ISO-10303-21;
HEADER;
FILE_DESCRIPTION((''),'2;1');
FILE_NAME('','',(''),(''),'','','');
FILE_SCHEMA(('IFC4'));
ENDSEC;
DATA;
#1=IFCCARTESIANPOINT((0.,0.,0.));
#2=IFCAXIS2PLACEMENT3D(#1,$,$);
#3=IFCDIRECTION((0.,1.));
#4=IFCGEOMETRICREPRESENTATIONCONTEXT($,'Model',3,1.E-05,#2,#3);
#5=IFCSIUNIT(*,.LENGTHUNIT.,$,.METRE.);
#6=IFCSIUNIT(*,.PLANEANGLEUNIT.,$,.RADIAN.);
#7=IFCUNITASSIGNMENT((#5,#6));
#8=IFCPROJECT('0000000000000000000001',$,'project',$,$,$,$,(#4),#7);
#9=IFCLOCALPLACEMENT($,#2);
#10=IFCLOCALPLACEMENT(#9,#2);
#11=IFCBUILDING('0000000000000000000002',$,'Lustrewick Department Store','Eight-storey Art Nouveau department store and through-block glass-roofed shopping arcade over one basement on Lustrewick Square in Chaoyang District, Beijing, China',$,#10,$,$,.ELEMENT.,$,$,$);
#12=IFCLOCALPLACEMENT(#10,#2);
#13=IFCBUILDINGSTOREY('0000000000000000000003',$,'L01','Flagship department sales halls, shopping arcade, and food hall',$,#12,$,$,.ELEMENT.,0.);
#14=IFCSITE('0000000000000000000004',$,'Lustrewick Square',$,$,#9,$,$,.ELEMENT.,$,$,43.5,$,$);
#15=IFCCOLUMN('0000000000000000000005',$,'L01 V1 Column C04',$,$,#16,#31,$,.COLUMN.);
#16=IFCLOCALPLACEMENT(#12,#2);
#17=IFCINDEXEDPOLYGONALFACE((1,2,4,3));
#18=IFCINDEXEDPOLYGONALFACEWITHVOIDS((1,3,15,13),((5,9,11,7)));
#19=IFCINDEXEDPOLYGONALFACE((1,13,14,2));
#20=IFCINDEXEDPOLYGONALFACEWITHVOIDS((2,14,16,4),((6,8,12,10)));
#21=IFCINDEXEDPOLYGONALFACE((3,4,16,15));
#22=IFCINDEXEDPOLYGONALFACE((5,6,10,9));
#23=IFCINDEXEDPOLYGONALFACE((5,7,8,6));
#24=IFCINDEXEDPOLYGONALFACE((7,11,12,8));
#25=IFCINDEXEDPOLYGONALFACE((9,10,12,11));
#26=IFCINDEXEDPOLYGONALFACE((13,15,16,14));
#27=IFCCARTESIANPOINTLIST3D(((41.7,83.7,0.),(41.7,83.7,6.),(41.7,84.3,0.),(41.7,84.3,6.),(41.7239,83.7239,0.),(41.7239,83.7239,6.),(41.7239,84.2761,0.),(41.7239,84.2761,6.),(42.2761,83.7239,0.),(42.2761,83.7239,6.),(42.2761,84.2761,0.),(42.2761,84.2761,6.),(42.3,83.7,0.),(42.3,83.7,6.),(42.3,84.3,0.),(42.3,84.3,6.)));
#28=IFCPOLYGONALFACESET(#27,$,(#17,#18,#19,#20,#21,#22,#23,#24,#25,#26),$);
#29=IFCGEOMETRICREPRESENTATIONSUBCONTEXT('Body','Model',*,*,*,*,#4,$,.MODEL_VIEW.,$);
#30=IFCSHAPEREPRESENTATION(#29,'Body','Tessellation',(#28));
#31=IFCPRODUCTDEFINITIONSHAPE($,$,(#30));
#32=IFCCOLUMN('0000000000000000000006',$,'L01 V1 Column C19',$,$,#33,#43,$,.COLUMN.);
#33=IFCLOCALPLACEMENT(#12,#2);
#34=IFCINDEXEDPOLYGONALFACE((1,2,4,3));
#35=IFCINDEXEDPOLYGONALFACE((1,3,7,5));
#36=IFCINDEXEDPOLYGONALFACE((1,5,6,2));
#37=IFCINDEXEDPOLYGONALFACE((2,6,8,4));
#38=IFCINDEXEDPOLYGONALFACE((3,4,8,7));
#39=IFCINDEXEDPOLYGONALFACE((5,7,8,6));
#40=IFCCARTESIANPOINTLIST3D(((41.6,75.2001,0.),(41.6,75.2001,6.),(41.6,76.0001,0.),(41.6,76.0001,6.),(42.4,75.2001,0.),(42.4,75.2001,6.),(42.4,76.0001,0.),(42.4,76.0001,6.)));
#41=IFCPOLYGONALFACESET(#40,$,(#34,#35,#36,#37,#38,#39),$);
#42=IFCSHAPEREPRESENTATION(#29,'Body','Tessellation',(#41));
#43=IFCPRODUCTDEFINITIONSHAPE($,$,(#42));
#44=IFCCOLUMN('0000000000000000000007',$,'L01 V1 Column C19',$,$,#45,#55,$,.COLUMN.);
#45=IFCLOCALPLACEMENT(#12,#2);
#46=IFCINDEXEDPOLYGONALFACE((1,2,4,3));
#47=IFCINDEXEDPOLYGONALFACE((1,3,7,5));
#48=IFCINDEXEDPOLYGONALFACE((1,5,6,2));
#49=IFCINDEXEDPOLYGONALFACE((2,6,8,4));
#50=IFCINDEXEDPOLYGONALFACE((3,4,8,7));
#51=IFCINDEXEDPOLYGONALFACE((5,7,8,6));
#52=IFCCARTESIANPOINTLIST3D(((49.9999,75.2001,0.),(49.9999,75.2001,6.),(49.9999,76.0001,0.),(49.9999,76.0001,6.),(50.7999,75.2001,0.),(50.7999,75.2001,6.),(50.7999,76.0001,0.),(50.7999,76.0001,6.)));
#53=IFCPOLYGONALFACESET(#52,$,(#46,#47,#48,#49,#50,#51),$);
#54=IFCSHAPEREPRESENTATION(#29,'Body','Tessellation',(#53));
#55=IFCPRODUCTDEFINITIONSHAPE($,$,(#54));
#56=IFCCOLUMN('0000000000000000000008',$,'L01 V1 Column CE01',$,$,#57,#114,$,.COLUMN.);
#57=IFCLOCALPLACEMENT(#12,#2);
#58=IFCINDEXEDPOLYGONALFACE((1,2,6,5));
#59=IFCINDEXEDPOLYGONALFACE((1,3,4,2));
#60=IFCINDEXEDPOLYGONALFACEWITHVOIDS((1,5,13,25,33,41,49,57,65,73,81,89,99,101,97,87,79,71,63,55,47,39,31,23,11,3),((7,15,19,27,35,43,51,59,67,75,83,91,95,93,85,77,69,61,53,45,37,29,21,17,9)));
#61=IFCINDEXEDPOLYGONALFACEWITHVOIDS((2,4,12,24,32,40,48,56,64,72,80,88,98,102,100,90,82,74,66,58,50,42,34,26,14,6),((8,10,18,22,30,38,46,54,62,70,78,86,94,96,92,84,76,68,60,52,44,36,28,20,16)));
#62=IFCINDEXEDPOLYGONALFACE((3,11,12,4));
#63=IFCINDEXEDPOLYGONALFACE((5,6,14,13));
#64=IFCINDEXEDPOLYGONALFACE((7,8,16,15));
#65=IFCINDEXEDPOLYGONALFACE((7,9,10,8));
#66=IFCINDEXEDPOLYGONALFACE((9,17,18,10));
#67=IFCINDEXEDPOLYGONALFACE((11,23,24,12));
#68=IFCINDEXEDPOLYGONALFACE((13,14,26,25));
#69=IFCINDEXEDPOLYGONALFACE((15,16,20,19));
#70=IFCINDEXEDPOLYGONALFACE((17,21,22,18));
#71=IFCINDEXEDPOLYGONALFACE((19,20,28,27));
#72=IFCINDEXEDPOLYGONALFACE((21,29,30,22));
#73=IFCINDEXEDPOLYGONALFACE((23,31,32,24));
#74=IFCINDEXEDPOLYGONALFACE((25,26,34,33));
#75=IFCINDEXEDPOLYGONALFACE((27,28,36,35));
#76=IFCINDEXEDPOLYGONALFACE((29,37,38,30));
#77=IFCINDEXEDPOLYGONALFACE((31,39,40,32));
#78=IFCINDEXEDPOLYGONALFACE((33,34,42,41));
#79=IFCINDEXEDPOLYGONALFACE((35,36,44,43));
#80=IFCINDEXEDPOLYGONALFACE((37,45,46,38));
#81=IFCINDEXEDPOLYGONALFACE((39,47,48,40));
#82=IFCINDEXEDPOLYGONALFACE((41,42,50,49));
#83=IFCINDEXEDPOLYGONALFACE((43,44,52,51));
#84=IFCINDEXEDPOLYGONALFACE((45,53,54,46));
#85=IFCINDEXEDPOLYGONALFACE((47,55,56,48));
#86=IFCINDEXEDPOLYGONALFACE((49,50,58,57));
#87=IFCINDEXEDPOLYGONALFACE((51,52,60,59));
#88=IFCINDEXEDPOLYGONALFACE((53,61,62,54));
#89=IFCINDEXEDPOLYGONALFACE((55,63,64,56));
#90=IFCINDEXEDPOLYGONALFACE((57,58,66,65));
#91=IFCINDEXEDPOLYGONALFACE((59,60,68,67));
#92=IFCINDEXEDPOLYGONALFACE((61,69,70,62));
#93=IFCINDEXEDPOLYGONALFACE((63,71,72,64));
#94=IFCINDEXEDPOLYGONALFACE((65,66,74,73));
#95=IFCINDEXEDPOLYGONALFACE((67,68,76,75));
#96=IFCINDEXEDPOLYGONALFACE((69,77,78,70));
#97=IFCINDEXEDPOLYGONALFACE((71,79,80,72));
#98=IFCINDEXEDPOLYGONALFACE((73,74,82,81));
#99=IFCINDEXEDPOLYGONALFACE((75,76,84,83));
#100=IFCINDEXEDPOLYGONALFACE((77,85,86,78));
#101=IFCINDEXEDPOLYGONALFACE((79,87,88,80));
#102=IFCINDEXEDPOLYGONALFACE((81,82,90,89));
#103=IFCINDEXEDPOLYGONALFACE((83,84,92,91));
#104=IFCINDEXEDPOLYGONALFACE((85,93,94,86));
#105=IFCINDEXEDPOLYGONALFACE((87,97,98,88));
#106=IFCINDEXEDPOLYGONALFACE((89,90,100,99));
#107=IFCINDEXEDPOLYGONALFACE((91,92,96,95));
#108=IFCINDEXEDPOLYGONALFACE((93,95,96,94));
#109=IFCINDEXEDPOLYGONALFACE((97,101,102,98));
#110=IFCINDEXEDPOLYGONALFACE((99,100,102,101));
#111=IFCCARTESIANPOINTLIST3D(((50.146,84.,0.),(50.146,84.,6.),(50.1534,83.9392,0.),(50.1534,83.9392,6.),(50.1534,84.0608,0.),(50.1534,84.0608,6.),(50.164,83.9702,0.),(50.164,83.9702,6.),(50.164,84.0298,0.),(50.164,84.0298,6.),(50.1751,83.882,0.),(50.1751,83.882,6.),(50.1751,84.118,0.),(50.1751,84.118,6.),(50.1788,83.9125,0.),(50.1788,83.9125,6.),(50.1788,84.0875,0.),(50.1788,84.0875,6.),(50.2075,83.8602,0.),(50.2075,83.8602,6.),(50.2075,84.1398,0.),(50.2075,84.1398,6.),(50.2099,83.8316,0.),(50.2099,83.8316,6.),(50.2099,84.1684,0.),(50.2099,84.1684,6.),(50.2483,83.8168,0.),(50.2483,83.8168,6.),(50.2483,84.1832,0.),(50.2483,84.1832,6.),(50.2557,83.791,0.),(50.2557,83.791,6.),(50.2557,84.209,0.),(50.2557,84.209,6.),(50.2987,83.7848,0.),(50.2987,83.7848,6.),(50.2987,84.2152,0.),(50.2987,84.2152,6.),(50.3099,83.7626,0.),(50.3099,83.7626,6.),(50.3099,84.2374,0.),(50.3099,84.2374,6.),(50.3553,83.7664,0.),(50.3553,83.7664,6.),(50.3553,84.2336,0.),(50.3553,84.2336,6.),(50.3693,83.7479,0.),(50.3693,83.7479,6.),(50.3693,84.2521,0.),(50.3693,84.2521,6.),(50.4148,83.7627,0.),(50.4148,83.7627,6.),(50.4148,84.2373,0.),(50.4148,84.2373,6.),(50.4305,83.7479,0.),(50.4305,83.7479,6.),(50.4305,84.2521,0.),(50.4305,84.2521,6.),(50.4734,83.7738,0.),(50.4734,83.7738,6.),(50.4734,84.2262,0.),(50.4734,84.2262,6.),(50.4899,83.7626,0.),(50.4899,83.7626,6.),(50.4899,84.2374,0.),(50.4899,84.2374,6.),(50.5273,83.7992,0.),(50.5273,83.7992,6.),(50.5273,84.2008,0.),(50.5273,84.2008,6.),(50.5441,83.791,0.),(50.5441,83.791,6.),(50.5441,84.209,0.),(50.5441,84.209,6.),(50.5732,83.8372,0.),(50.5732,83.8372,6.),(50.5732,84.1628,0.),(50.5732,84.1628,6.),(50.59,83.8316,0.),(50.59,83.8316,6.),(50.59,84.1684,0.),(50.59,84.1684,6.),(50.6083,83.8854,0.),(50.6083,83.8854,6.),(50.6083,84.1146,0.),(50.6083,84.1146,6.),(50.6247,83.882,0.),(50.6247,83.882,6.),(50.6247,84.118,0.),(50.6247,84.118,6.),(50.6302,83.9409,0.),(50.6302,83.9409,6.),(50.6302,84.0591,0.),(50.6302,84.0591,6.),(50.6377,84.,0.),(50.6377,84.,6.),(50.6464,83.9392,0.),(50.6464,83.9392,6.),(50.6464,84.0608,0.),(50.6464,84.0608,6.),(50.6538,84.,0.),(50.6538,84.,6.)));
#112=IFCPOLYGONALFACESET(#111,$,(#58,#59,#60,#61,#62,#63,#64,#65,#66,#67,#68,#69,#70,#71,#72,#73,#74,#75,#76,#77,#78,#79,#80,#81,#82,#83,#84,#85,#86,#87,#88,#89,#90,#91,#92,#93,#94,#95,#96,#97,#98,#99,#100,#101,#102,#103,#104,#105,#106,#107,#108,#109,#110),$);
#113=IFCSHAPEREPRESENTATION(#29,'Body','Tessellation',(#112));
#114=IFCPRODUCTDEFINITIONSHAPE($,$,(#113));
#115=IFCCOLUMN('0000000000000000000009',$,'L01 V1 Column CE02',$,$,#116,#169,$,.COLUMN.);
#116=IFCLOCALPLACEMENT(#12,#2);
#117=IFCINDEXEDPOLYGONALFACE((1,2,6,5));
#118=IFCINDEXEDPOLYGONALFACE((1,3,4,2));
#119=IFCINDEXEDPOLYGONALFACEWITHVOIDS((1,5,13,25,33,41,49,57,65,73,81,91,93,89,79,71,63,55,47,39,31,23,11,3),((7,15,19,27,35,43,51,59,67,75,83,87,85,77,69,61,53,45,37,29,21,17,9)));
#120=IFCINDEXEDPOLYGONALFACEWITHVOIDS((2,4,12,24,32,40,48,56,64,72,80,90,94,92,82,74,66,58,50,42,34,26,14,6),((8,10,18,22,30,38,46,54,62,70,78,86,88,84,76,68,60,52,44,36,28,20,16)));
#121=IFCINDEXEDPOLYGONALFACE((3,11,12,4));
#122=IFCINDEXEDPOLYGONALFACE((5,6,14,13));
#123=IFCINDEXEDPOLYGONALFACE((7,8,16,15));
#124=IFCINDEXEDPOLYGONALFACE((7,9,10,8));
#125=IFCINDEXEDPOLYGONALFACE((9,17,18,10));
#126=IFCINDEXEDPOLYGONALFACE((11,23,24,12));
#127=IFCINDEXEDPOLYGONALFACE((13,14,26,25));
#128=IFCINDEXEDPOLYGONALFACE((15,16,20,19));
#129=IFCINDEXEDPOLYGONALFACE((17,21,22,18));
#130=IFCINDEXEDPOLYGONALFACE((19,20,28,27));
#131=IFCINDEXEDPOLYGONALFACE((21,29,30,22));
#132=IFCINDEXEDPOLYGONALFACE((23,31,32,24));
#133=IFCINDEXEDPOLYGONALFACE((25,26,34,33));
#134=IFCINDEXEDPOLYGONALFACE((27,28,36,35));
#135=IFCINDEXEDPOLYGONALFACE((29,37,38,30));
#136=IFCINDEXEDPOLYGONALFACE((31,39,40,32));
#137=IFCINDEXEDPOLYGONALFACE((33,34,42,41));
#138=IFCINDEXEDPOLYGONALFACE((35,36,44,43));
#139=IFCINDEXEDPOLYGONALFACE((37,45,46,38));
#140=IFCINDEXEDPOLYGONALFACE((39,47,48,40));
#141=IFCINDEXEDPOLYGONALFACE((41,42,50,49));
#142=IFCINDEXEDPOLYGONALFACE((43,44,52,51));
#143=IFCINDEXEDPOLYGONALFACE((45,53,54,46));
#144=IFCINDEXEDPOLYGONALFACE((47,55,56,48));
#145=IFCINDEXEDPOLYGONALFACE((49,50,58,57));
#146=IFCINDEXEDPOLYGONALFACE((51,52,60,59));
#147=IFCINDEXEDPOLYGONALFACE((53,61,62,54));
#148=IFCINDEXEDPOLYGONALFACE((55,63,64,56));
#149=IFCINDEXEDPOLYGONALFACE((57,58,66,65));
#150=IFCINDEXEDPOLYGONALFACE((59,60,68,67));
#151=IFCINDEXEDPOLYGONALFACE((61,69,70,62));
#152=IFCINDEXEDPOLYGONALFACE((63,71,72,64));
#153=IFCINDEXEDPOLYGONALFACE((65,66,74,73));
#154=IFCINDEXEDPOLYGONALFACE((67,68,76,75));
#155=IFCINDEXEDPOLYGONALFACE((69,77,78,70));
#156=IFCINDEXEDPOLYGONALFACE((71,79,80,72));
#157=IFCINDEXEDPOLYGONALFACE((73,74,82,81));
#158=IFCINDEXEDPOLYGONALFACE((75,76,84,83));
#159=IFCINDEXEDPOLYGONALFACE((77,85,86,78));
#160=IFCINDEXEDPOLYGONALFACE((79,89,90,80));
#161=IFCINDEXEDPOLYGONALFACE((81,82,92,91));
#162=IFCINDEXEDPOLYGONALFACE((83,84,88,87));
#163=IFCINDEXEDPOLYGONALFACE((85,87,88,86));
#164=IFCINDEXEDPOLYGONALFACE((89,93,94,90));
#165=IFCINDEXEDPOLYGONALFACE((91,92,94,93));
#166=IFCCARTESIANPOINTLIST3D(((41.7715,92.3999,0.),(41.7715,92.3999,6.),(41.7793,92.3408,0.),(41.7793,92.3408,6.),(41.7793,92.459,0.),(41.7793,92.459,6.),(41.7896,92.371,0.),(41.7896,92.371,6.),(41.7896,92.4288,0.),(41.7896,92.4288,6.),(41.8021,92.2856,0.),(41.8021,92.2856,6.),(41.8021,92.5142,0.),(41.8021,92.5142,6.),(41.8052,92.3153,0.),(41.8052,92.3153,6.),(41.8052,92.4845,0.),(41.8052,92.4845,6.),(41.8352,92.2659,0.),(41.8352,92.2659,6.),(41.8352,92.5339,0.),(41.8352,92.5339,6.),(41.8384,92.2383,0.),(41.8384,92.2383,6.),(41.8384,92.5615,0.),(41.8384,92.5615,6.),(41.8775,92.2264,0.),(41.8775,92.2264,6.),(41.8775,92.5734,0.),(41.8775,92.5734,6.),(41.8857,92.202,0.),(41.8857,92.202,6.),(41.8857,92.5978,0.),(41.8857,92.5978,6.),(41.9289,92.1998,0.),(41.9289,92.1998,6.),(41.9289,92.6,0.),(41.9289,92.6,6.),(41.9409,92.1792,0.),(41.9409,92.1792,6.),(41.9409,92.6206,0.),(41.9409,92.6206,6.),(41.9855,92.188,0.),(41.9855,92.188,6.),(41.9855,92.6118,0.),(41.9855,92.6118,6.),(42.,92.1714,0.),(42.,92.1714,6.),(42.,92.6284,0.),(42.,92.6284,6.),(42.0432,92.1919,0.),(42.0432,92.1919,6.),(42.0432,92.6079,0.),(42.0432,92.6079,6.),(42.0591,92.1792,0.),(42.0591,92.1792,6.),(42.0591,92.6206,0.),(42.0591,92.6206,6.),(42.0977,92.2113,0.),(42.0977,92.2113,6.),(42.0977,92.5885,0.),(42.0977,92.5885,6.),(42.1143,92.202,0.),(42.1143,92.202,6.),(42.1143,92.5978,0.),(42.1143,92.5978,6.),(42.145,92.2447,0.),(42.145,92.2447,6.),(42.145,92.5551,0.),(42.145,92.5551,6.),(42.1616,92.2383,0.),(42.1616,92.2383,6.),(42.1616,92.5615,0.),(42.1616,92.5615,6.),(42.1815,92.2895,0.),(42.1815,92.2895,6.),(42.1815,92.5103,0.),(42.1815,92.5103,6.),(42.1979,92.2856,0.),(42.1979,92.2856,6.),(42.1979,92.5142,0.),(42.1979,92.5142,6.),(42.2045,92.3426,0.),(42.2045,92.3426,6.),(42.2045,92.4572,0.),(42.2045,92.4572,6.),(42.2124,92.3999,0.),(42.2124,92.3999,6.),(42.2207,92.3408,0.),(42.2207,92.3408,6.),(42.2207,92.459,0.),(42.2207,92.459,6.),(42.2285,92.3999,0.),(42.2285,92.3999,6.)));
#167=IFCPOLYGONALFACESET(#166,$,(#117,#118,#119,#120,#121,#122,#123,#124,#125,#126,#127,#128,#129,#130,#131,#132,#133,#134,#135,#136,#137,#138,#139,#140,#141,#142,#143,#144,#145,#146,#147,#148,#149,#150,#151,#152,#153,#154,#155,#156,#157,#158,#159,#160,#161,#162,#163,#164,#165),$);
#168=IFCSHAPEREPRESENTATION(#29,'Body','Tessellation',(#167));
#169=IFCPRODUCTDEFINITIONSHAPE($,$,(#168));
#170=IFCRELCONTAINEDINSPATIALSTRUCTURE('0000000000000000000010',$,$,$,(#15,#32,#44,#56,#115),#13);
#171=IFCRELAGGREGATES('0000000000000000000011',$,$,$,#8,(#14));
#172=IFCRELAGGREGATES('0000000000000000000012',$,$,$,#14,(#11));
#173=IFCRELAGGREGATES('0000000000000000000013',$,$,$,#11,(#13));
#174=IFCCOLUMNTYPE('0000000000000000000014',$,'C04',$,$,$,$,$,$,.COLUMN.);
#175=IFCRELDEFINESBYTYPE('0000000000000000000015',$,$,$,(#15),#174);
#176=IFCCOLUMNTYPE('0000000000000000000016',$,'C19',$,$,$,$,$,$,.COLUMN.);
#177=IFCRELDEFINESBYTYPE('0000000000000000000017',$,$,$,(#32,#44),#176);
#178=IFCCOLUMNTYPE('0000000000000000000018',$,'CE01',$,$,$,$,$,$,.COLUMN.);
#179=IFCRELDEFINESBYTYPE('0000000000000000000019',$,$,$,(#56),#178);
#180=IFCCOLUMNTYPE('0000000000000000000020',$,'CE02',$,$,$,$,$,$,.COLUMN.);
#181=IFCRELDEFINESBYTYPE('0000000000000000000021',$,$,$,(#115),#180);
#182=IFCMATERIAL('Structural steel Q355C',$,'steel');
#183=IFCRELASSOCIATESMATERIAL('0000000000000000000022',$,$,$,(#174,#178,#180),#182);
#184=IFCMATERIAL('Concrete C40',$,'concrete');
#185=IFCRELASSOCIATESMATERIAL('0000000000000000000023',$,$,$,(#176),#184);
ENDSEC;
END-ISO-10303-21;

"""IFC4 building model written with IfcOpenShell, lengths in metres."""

from ifc_helpers import new_model, si_unit, direction, frame, origin, origin_2d, place, context, subcontext, project, spatial, rectangle, hollow_rectangle, hollow_circle, extrude, material, material_profile, profile_set, type_object, element, save


model = new_model("IFC4")

# Units and contexts
model_context = context("Model", 3, precision=1e-05, world=origin(), true_north=direction((0.0, 1.0)))
body_context = subcontext(model_context, "Body", "Model", "MODEL_VIEW")
ifc_project = project(units=[si_unit("LENGTHUNIT", "METRE"), si_unit("PLANEANGLEUNIT", "RADIAN")], contexts=[model_context])

# Site, building, storey
site_placement = place(None, origin())
site = spatial("IfcSite", under=ifc_project, at=site_placement, Name="Lustrewick Square", CompositionType="ELEMENT", RefElevation=43.5)
building_placement = place(site_placement, origin())
building = spatial("IfcBuilding", under=site, at=building_placement, Name="Lustrewick Department Store", Description="Eight-storey Art Nouveau department store and through-block glass-roofed shopping arcade over one basement on Lustrewick Square in Chaoyang District, Beijing, China", CompositionType="ELEMENT")
storey_placement = place(building_placement, origin())
storey = spatial("IfcBuildingStorey", under=building, at=storey_placement, Name="L01", Description="Flagship department sales halls, shopping arcade, and food hall", CompositionType="ELEMENT", Elevation=0.0)

# Columns
ifc_material_1 = material(Name="Structural steel Q355C", Category="steel")
ifc_material_profile_1 = material_profile(ifc_material_1, hollow_rectangle(XDim=0.6001, YDim=0.6001, WallThickness=0.0239, at=origin_2d()), Name="BOX 600x600x24")
ifc_profile_set_1 = profile_set([ifc_material_profile_1], Name="Structural steel Q355C")
column_type_1 = type_object("IfcColumnType", Name="C04", PredefinedType="COLUMN", material=ifc_profile_set_1)
column_1_placement = place(storey_placement, frame((42.0, 84.0, 0.0), z_axis=(0.0, 0.0, 1.0), x_axis=(1.0, 0.0, 0.0)))
element("IfcColumn", 1, at=column_1_placement, inside=storey, type_object=column_type_1, Name="L01 V1 Column C04", PredefinedType="COLUMN", context=body_context, shape_type="SweptSolid", body=[
    extrude(hollow_rectangle(XDim=0.6001, YDim=0.6001, WallThickness=0.0239, at=origin_2d()), origin(), (0.0, 0.0, 1.0), 6.0),
])
ifc_material_2 = material(Name="Concrete C40", Category="concrete")
ifc_material_profile_2 = material_profile(ifc_material_2, rectangle(XDim=0.8, YDim=0.8, at=origin_2d()), Name="RC 800x800")
ifc_profile_set_2 = profile_set([ifc_material_profile_2], Name="Concrete C40")
column_type_2 = type_object("IfcColumnType", Name="C19", PredefinedType="COLUMN", material=ifc_profile_set_2)
for number, where, z_axis, x_axis, name in (
    (2, (42.0, 75.6001, 0.0), (0.0, 0.0, 1.0), (1.0, 0.0, 0.0), "L01 V1 Column C19"),
    (3, (50.3999, 75.6001, 0.0), (0.0, 0.0, 1.0), (1.0, 0.0, 0.0), "L01 V1 Column C19"),
):
    element("IfcColumn", number, at=place(storey_placement, frame(where, z_axis=z_axis, x_axis=x_axis)), inside=storey, type_object=column_type_2, Name=name, PredefinedType="COLUMN", context=body_context, shape_type="SweptSolid", body=[
        extrude(rectangle(XDim=0.8, YDim=0.8, at=origin_2d()), origin(), (0.0, 0.0, 1.0), 6.0),
    ])
ifc_material_profile_3 = material_profile(ifc_material_1, hollow_circle(Radius=0.2539, WallThickness=0.0161, at=origin_2d()), Name="CHS 508x16")
ifc_profile_set_3 = profile_set([ifc_material_profile_3], Name="Structural steel Q355C")
column_type_3 = type_object("IfcColumnType", Name="CE01", PredefinedType="COLUMN", material=ifc_profile_set_3)
column_2_placement = place(storey_placement, frame((50.3999, 84.0, 0.0), z_axis=(0.0, 0.0, 1.0), x_axis=(1.0, 0.0, 0.0)))
element("IfcColumn", 4, at=column_2_placement, inside=storey, type_object=column_type_3, Name="L01 V1 Column CE01", PredefinedType="COLUMN", context=body_context, shape_type="SweptSolid", body=[
    extrude(hollow_circle(Radius=0.2539, WallThickness=0.0161, at=origin_2d()), origin(), (0.0, 0.0, 1.0), 6.0),
])
ifc_material_profile_4 = material_profile(ifc_material_1, hollow_circle(Radius=0.2285, WallThickness=0.0161, at=origin_2d()), Name="CHS 457x16")
ifc_profile_set_4 = profile_set([ifc_material_profile_4], Name="Structural steel Q355C")
column_type_4 = type_object("IfcColumnType", Name="CE02", PredefinedType="COLUMN", material=ifc_profile_set_4)
for number, where, z_axis, x_axis, name in (
    (5, (42.0, 92.3999, 0.0), (0.0, 0.0, 1.0), (1.0, 0.0, 0.0), "L01 V1 Column CE02"),
):
    element("IfcColumn", number, at=place(storey_placement, frame(where, z_axis=z_axis, x_axis=x_axis)), inside=storey, type_object=column_type_4, Name=name, PredefinedType="COLUMN", context=body_context, shape_type="SweptSolid", body=[
        extrude(hollow_circle(Radius=0.2285, WallThickness=0.0161, at=origin_2d()), origin(), (0.0, 0.0, 1.0), 6.0),
    ])

save(model, "model.ifc")
